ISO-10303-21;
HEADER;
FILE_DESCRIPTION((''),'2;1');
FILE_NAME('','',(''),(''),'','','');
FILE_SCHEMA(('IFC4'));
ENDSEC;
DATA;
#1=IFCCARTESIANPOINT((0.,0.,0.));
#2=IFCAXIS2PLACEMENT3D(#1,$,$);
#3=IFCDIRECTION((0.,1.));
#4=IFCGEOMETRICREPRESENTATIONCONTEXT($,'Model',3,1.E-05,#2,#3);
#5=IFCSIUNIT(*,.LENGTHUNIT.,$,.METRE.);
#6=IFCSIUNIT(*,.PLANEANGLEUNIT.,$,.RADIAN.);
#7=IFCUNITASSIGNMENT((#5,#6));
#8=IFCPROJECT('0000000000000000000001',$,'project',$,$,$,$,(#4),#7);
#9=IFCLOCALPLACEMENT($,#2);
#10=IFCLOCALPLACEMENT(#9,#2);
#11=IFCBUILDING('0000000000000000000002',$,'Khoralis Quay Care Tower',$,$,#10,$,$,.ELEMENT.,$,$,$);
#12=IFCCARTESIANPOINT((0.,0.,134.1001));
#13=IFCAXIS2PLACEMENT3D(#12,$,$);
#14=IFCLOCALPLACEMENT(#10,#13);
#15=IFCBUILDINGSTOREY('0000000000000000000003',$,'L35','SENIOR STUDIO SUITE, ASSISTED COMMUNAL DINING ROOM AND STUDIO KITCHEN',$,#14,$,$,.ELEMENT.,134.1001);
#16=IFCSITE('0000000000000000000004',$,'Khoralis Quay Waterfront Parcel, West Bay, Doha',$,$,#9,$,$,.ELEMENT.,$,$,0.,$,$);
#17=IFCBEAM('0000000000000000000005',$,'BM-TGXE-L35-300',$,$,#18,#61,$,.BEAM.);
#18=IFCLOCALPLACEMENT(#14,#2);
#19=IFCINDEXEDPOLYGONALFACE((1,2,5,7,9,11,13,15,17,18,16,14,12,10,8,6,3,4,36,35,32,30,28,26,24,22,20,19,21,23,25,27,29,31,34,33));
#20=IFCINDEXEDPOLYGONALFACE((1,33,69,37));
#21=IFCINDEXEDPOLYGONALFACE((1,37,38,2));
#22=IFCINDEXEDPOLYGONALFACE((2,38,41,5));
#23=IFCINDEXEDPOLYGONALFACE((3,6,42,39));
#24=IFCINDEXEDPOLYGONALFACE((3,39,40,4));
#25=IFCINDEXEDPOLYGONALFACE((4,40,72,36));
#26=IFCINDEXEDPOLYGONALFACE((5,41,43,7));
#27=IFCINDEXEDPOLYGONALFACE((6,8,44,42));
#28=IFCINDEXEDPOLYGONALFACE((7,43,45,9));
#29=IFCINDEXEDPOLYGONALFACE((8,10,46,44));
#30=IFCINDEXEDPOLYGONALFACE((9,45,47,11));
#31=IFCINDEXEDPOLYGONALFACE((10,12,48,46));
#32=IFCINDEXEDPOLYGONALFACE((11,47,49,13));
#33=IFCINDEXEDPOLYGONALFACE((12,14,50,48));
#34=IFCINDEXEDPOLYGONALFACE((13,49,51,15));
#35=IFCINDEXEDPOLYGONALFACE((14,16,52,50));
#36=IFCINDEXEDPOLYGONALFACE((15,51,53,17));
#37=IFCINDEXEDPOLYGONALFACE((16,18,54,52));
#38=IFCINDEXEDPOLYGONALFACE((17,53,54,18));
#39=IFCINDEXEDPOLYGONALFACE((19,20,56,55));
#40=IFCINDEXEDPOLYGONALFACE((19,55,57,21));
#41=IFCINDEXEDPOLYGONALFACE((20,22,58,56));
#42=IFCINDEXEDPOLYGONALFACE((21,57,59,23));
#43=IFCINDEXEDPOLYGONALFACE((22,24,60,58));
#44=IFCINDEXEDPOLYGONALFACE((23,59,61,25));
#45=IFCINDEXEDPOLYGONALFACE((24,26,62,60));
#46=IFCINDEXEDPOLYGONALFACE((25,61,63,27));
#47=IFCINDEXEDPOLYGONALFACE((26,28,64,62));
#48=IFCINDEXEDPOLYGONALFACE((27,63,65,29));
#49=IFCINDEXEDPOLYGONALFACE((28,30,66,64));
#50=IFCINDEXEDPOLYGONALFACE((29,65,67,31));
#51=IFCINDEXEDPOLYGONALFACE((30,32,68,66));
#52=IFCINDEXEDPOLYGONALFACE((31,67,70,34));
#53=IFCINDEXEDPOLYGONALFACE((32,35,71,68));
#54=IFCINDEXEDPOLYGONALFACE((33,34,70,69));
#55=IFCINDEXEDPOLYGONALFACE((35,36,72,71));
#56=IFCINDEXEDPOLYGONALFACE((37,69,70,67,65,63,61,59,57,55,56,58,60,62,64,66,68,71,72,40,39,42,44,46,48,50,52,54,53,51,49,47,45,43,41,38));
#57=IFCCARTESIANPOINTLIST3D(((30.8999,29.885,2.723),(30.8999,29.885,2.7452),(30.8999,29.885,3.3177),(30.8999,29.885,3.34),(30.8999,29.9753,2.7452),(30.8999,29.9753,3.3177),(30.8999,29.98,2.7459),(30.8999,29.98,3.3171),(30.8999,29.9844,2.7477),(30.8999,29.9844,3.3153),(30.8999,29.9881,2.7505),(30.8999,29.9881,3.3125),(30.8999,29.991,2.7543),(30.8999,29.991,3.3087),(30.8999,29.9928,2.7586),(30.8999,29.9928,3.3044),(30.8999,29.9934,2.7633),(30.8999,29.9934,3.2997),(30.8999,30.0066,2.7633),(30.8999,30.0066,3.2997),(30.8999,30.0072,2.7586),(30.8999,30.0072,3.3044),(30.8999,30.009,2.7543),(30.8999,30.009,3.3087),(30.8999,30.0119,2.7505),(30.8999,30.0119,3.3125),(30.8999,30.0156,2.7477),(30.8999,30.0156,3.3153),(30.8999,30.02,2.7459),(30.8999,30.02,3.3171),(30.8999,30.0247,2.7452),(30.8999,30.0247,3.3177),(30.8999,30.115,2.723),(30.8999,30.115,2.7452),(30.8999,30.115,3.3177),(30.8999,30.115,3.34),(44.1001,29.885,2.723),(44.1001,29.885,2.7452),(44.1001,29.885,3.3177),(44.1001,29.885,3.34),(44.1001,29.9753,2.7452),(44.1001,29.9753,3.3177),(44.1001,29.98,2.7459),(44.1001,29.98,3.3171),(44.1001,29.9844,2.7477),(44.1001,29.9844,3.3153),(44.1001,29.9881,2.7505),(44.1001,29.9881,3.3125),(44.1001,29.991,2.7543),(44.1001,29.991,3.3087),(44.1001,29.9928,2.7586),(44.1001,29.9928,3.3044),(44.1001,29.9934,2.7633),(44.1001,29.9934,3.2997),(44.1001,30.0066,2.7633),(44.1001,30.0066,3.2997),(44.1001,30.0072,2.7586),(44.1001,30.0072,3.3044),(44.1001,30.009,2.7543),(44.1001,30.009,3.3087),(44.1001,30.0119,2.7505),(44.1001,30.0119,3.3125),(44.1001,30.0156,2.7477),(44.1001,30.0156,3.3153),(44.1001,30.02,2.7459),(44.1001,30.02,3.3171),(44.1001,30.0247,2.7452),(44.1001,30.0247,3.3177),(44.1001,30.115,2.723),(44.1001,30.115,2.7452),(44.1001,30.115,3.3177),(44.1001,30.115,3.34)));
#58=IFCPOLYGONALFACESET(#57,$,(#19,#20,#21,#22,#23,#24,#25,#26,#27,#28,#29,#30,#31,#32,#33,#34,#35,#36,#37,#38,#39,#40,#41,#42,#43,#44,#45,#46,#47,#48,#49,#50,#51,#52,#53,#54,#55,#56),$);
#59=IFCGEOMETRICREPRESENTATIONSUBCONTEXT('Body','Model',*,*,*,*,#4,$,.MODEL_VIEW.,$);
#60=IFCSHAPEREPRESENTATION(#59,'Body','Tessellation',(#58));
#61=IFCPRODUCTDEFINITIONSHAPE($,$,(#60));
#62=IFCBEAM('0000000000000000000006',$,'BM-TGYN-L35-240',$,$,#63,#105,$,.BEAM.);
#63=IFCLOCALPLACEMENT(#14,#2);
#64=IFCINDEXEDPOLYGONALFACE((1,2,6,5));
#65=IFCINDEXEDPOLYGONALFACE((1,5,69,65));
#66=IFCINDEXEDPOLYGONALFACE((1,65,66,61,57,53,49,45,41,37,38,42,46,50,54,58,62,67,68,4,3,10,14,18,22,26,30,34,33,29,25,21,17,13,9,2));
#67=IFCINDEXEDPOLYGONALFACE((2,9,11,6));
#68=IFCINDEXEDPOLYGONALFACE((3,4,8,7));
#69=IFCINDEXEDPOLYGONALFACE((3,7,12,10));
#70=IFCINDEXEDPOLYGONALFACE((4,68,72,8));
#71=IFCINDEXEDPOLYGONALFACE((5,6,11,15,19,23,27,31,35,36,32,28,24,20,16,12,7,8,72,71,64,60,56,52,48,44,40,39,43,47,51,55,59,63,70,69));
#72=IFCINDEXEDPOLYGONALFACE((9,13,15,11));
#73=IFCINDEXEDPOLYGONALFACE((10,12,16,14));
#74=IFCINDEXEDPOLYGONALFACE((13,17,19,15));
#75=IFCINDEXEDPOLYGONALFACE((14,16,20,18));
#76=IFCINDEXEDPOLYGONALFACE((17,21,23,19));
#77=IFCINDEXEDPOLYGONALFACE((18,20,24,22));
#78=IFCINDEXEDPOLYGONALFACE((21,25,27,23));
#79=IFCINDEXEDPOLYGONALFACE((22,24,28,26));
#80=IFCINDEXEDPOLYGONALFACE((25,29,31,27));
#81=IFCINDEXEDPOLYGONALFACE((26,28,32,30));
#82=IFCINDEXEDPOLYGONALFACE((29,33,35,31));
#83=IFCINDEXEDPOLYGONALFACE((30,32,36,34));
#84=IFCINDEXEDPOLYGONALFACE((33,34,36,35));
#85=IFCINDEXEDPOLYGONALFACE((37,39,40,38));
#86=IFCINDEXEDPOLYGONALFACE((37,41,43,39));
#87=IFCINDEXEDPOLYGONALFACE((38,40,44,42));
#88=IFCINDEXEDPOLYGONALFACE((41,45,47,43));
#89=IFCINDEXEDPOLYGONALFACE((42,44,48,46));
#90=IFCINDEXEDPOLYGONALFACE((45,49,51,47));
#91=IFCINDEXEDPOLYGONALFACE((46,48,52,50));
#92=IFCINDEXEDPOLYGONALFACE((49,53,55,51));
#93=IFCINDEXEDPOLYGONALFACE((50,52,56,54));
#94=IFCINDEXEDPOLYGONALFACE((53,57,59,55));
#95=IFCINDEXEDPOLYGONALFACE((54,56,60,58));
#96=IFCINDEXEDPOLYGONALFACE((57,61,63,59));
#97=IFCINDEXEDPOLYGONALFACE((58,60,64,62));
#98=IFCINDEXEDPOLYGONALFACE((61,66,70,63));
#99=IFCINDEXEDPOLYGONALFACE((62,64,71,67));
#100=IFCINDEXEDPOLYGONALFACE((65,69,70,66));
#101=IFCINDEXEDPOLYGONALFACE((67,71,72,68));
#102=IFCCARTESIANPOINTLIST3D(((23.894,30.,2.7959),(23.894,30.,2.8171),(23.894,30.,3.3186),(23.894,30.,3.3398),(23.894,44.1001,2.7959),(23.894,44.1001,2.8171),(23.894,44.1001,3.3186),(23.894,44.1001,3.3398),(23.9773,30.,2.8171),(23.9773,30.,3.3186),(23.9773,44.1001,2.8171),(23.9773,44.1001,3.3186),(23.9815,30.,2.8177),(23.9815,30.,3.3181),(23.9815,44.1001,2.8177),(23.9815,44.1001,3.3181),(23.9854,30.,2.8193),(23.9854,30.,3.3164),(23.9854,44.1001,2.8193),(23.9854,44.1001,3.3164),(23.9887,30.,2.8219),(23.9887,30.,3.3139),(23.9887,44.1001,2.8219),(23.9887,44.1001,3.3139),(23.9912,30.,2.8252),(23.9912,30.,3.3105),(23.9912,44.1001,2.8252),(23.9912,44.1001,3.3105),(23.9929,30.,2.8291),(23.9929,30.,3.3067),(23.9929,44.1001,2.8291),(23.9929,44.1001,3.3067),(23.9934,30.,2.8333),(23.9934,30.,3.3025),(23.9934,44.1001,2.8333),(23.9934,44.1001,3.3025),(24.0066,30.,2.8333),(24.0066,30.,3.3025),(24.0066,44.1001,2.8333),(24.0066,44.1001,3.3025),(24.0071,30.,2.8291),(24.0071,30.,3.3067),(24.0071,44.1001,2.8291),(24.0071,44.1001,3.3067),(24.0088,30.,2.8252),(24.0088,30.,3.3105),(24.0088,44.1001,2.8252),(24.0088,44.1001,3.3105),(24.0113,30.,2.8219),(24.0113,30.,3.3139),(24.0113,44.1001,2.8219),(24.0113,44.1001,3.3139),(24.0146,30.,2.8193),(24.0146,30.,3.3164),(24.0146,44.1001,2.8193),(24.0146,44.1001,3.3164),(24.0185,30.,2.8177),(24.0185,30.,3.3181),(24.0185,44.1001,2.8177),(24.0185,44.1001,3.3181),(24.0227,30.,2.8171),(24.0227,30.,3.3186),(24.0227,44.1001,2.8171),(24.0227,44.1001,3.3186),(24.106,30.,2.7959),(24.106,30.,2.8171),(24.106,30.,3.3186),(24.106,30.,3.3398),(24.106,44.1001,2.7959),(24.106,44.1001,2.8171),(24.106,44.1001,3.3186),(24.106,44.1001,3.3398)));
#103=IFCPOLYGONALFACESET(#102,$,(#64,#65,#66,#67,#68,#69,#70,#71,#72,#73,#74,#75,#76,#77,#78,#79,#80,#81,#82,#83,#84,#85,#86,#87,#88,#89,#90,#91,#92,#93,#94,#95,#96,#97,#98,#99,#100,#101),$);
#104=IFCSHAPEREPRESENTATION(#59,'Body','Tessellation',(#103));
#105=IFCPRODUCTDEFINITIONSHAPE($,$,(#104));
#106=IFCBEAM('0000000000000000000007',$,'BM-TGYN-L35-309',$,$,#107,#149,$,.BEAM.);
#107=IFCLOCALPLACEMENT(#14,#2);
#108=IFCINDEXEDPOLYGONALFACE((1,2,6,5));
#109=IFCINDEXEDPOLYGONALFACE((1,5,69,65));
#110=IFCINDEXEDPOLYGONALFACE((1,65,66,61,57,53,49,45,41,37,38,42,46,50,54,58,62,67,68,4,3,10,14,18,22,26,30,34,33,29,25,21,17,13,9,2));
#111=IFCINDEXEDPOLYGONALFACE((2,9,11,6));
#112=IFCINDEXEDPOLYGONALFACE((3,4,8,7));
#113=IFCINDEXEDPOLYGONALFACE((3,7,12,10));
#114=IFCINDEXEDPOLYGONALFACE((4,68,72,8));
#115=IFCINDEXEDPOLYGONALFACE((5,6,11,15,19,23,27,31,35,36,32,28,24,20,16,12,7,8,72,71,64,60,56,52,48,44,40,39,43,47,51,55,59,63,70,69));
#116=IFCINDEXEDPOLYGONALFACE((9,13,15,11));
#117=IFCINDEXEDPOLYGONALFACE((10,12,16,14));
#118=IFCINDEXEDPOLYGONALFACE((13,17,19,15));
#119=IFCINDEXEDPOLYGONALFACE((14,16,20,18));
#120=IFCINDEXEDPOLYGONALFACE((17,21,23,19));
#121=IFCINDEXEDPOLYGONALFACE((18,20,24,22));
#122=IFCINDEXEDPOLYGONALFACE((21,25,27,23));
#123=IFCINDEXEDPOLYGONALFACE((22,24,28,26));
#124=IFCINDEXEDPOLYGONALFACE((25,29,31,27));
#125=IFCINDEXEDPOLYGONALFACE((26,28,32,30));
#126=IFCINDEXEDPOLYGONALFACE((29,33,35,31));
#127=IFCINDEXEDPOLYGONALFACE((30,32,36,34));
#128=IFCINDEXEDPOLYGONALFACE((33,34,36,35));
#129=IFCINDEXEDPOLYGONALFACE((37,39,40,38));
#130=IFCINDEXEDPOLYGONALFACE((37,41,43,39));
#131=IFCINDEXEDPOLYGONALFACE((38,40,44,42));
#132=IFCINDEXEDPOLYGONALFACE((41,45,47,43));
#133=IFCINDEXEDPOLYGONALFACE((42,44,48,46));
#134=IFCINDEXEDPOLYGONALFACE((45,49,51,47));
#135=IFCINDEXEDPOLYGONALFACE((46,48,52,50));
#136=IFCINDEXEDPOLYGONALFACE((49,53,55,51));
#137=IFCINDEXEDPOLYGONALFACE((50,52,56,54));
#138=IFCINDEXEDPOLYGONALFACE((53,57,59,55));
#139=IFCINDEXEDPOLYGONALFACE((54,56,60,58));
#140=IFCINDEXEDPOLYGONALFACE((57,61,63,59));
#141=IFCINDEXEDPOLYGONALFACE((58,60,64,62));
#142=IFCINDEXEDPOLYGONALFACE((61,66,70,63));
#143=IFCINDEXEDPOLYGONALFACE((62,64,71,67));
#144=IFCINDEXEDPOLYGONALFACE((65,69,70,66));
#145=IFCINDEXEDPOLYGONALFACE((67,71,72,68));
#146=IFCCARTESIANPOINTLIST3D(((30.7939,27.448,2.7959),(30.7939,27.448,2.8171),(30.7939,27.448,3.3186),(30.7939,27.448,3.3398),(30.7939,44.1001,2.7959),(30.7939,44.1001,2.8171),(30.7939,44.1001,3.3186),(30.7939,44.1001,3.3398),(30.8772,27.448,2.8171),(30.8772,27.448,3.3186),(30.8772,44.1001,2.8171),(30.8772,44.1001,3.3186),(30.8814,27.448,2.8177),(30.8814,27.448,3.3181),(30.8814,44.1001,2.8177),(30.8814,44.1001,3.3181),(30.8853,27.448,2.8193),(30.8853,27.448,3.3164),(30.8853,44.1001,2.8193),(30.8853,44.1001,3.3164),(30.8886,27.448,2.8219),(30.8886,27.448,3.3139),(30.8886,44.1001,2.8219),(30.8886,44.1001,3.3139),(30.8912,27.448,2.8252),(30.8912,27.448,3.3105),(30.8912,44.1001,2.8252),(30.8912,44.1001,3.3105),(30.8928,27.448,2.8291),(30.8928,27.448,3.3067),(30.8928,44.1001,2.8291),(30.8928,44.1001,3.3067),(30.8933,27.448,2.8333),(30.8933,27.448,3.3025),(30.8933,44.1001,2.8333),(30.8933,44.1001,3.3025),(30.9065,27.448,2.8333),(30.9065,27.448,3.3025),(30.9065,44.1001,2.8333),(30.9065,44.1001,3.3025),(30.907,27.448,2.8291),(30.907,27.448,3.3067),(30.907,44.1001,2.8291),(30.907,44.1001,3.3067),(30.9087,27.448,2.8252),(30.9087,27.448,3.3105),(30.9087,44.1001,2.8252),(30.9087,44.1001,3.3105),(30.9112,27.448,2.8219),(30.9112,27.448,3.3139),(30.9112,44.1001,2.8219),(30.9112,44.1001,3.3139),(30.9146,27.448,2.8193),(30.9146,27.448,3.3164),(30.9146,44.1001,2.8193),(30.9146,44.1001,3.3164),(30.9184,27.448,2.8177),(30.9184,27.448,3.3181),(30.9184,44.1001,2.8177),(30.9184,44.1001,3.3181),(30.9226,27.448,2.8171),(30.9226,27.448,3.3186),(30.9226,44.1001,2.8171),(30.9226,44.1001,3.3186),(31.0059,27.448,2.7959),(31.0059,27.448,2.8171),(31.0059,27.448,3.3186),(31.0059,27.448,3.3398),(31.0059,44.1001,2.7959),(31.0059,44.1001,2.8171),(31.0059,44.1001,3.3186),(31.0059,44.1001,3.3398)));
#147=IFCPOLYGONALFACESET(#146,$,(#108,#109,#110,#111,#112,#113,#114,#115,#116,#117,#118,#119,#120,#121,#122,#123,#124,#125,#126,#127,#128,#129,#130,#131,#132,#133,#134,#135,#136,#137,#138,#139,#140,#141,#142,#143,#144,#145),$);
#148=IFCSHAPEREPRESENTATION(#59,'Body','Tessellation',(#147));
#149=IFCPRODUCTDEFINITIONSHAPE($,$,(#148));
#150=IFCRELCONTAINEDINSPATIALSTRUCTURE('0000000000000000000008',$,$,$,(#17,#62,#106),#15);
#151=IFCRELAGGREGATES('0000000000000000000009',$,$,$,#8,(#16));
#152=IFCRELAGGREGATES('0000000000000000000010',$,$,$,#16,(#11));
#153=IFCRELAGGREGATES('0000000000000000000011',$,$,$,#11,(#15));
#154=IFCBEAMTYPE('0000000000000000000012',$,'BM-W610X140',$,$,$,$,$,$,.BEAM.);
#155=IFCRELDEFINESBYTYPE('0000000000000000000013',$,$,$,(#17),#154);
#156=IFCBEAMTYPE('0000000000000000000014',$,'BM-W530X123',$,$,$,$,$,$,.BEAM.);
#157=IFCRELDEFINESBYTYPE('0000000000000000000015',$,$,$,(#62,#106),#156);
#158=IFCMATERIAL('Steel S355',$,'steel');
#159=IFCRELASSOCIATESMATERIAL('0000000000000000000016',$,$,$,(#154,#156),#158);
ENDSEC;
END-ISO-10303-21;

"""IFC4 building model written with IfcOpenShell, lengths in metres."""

from ifc_helpers import new_model, si_unit, direction, frame, origin, origin_2d, place, context, subcontext, project, spatial, i_section, extrude, source, transform, mapped, material, material_profile, profile_set, type_object, element, save


model = new_model("IFC4")

# Units and contexts
model_context = context("Model", 3, precision=1e-05, world=origin(), true_north=direction((0.0, 1.0)))
body_context = subcontext(model_context, "Body", "Model", "MODEL_VIEW")
ifc_project = project(units=[si_unit("LENGTHUNIT", "METRE"), si_unit("PLANEANGLEUNIT", "RADIAN")], contexts=[model_context])

# Site, building, storey
site_placement = place(None, origin())
site = spatial("IfcSite", under=ifc_project, at=site_placement, Name="Khoralis Quay Waterfront Parcel, West Bay, Doha", CompositionType="ELEMENT", RefElevation=0.0)
building_placement = place(site_placement, origin())
building = spatial("IfcBuilding", under=site, at=building_placement, Name="Khoralis Quay Care Tower", CompositionType="ELEMENT")
storey_placement = place(building_placement, frame((0.0, 0.0, 134.1001)))
storey = spatial("IfcBuildingStorey", under=building, at=storey_placement, Name="L35", Description="SENIOR STUDIO SUITE, ASSISTED COMMUNAL DINING ROOM AND STUDIO KITCHEN", CompositionType="ELEMENT", Elevation=134.1001)

# Beams
ifc_material_1 = material(Name="Steel S355", Category="steel")
ifc_material_profile_1 = material_profile(ifc_material_1, i_section(OverallWidth=0.23, OverallDepth=0.6169, WebThickness=0.0132, FlangeThickness=0.0222, FilletRadius=0.0181, at=origin_2d()), Name="Steel S355")
ifc_profile_set_1 = profile_set([ifc_material_profile_1], Name="Steel S355")
beam_type_1 = type_object("IfcBeamType", Name="BM-W610X140", PredefinedType="BEAM", material=ifc_profile_set_1)
shared_shape_1 = source(origin(), body_context, "Body", "SweptSolid", [
    extrude(i_section(OverallWidth=0.23, OverallDepth=0.6169, WebThickness=0.0132, FlangeThickness=0.0222, FilletRadius=0.0181, at=origin_2d()), origin(), (0.0, 0.0, 1.0), 13.2002),
])
beam_1_placement = place(storey_placement, frame((30.8999, 30.0, 3.0315), z_axis=(1.0, 0.0, 0.0), x_axis=(0.0, 1.0, 0.0)))
element("IfcBeam", 1, at=beam_1_placement, inside=storey, type_object=beam_type_1, Name="BM-TGXE-L35-300", PredefinedType="BEAM", context=body_context, shape_type="MappedRepresentation", body=[
    mapped(shared_shape_1, transform((0.0, 0.0, 0.0), scale=1.0)),
])
ifc_material_profile_2 = material_profile(ifc_material_1, i_section(OverallWidth=0.2119, OverallDepth=0.5439, WebThickness=0.0132, FlangeThickness=0.0212, FilletRadius=0.0161, at=origin_2d()), Name="Steel S355")
ifc_profile_set_2 = profile_set([ifc_material_profile_2], Name="Steel S355")
beam_type_2 = type_object("IfcBeamType", Name="BM-W530X123", PredefinedType="BEAM", material=ifc_profile_set_2)
shared_shape_2 = source(origin(), body_context, "Body", "SweptSolid", [
    extrude(i_section(OverallWidth=0.2119, OverallDepth=0.5439, WebThickness=0.0132, FlangeThickness=0.0212, FilletRadius=0.0161, at=origin_2d()), origin(), (0.0, 0.0, 1.0), 14.1001),
])
beam_2_placement = place(storey_placement, frame((24.0, 30.0, 3.0679), z_axis=(0.0, 1.0, 0.0), x_axis=(-1.0, 0.0, 0.0)))
element("IfcBeam", 2, at=beam_2_placement, inside=storey, type_object=beam_type_2, Name="BM-TGYN-L35-240", PredefinedType="BEAM", context=body_context, shape_type="MappedRepresentation", body=[
    mapped(shared_shape_2, transform((0.0, 0.0, 0.0), scale=1.0)),
])
shared_shape_3 = source(origin(), body_context, "Body", "SweptSolid", [
    extrude(i_section(OverallWidth=0.2119, OverallDepth=0.5439, WebThickness=0.0132, FlangeThickness=0.0212, FilletRadius=0.0161, at=origin_2d()), origin(), (0.0, 0.0, 1.0), 16.6521),
])
beam_3_placement = place(storey_placement, frame((30.8999, 27.448, 3.0679), z_axis=(0.0, 1.0, 0.0), x_axis=(-1.0, 0.0, 0.0)))
element("IfcBeam", 3, at=beam_3_placement, inside=storey, type_object=beam_type_2, Name="BM-TGYN-L35-309", PredefinedType="BEAM", context=body_context, shape_type="MappedRepresentation", body=[
    mapped(shared_shape_3, transform((0.0, 0.0, 0.0), scale=1.0)),
])

save(model, "model.ifc")
